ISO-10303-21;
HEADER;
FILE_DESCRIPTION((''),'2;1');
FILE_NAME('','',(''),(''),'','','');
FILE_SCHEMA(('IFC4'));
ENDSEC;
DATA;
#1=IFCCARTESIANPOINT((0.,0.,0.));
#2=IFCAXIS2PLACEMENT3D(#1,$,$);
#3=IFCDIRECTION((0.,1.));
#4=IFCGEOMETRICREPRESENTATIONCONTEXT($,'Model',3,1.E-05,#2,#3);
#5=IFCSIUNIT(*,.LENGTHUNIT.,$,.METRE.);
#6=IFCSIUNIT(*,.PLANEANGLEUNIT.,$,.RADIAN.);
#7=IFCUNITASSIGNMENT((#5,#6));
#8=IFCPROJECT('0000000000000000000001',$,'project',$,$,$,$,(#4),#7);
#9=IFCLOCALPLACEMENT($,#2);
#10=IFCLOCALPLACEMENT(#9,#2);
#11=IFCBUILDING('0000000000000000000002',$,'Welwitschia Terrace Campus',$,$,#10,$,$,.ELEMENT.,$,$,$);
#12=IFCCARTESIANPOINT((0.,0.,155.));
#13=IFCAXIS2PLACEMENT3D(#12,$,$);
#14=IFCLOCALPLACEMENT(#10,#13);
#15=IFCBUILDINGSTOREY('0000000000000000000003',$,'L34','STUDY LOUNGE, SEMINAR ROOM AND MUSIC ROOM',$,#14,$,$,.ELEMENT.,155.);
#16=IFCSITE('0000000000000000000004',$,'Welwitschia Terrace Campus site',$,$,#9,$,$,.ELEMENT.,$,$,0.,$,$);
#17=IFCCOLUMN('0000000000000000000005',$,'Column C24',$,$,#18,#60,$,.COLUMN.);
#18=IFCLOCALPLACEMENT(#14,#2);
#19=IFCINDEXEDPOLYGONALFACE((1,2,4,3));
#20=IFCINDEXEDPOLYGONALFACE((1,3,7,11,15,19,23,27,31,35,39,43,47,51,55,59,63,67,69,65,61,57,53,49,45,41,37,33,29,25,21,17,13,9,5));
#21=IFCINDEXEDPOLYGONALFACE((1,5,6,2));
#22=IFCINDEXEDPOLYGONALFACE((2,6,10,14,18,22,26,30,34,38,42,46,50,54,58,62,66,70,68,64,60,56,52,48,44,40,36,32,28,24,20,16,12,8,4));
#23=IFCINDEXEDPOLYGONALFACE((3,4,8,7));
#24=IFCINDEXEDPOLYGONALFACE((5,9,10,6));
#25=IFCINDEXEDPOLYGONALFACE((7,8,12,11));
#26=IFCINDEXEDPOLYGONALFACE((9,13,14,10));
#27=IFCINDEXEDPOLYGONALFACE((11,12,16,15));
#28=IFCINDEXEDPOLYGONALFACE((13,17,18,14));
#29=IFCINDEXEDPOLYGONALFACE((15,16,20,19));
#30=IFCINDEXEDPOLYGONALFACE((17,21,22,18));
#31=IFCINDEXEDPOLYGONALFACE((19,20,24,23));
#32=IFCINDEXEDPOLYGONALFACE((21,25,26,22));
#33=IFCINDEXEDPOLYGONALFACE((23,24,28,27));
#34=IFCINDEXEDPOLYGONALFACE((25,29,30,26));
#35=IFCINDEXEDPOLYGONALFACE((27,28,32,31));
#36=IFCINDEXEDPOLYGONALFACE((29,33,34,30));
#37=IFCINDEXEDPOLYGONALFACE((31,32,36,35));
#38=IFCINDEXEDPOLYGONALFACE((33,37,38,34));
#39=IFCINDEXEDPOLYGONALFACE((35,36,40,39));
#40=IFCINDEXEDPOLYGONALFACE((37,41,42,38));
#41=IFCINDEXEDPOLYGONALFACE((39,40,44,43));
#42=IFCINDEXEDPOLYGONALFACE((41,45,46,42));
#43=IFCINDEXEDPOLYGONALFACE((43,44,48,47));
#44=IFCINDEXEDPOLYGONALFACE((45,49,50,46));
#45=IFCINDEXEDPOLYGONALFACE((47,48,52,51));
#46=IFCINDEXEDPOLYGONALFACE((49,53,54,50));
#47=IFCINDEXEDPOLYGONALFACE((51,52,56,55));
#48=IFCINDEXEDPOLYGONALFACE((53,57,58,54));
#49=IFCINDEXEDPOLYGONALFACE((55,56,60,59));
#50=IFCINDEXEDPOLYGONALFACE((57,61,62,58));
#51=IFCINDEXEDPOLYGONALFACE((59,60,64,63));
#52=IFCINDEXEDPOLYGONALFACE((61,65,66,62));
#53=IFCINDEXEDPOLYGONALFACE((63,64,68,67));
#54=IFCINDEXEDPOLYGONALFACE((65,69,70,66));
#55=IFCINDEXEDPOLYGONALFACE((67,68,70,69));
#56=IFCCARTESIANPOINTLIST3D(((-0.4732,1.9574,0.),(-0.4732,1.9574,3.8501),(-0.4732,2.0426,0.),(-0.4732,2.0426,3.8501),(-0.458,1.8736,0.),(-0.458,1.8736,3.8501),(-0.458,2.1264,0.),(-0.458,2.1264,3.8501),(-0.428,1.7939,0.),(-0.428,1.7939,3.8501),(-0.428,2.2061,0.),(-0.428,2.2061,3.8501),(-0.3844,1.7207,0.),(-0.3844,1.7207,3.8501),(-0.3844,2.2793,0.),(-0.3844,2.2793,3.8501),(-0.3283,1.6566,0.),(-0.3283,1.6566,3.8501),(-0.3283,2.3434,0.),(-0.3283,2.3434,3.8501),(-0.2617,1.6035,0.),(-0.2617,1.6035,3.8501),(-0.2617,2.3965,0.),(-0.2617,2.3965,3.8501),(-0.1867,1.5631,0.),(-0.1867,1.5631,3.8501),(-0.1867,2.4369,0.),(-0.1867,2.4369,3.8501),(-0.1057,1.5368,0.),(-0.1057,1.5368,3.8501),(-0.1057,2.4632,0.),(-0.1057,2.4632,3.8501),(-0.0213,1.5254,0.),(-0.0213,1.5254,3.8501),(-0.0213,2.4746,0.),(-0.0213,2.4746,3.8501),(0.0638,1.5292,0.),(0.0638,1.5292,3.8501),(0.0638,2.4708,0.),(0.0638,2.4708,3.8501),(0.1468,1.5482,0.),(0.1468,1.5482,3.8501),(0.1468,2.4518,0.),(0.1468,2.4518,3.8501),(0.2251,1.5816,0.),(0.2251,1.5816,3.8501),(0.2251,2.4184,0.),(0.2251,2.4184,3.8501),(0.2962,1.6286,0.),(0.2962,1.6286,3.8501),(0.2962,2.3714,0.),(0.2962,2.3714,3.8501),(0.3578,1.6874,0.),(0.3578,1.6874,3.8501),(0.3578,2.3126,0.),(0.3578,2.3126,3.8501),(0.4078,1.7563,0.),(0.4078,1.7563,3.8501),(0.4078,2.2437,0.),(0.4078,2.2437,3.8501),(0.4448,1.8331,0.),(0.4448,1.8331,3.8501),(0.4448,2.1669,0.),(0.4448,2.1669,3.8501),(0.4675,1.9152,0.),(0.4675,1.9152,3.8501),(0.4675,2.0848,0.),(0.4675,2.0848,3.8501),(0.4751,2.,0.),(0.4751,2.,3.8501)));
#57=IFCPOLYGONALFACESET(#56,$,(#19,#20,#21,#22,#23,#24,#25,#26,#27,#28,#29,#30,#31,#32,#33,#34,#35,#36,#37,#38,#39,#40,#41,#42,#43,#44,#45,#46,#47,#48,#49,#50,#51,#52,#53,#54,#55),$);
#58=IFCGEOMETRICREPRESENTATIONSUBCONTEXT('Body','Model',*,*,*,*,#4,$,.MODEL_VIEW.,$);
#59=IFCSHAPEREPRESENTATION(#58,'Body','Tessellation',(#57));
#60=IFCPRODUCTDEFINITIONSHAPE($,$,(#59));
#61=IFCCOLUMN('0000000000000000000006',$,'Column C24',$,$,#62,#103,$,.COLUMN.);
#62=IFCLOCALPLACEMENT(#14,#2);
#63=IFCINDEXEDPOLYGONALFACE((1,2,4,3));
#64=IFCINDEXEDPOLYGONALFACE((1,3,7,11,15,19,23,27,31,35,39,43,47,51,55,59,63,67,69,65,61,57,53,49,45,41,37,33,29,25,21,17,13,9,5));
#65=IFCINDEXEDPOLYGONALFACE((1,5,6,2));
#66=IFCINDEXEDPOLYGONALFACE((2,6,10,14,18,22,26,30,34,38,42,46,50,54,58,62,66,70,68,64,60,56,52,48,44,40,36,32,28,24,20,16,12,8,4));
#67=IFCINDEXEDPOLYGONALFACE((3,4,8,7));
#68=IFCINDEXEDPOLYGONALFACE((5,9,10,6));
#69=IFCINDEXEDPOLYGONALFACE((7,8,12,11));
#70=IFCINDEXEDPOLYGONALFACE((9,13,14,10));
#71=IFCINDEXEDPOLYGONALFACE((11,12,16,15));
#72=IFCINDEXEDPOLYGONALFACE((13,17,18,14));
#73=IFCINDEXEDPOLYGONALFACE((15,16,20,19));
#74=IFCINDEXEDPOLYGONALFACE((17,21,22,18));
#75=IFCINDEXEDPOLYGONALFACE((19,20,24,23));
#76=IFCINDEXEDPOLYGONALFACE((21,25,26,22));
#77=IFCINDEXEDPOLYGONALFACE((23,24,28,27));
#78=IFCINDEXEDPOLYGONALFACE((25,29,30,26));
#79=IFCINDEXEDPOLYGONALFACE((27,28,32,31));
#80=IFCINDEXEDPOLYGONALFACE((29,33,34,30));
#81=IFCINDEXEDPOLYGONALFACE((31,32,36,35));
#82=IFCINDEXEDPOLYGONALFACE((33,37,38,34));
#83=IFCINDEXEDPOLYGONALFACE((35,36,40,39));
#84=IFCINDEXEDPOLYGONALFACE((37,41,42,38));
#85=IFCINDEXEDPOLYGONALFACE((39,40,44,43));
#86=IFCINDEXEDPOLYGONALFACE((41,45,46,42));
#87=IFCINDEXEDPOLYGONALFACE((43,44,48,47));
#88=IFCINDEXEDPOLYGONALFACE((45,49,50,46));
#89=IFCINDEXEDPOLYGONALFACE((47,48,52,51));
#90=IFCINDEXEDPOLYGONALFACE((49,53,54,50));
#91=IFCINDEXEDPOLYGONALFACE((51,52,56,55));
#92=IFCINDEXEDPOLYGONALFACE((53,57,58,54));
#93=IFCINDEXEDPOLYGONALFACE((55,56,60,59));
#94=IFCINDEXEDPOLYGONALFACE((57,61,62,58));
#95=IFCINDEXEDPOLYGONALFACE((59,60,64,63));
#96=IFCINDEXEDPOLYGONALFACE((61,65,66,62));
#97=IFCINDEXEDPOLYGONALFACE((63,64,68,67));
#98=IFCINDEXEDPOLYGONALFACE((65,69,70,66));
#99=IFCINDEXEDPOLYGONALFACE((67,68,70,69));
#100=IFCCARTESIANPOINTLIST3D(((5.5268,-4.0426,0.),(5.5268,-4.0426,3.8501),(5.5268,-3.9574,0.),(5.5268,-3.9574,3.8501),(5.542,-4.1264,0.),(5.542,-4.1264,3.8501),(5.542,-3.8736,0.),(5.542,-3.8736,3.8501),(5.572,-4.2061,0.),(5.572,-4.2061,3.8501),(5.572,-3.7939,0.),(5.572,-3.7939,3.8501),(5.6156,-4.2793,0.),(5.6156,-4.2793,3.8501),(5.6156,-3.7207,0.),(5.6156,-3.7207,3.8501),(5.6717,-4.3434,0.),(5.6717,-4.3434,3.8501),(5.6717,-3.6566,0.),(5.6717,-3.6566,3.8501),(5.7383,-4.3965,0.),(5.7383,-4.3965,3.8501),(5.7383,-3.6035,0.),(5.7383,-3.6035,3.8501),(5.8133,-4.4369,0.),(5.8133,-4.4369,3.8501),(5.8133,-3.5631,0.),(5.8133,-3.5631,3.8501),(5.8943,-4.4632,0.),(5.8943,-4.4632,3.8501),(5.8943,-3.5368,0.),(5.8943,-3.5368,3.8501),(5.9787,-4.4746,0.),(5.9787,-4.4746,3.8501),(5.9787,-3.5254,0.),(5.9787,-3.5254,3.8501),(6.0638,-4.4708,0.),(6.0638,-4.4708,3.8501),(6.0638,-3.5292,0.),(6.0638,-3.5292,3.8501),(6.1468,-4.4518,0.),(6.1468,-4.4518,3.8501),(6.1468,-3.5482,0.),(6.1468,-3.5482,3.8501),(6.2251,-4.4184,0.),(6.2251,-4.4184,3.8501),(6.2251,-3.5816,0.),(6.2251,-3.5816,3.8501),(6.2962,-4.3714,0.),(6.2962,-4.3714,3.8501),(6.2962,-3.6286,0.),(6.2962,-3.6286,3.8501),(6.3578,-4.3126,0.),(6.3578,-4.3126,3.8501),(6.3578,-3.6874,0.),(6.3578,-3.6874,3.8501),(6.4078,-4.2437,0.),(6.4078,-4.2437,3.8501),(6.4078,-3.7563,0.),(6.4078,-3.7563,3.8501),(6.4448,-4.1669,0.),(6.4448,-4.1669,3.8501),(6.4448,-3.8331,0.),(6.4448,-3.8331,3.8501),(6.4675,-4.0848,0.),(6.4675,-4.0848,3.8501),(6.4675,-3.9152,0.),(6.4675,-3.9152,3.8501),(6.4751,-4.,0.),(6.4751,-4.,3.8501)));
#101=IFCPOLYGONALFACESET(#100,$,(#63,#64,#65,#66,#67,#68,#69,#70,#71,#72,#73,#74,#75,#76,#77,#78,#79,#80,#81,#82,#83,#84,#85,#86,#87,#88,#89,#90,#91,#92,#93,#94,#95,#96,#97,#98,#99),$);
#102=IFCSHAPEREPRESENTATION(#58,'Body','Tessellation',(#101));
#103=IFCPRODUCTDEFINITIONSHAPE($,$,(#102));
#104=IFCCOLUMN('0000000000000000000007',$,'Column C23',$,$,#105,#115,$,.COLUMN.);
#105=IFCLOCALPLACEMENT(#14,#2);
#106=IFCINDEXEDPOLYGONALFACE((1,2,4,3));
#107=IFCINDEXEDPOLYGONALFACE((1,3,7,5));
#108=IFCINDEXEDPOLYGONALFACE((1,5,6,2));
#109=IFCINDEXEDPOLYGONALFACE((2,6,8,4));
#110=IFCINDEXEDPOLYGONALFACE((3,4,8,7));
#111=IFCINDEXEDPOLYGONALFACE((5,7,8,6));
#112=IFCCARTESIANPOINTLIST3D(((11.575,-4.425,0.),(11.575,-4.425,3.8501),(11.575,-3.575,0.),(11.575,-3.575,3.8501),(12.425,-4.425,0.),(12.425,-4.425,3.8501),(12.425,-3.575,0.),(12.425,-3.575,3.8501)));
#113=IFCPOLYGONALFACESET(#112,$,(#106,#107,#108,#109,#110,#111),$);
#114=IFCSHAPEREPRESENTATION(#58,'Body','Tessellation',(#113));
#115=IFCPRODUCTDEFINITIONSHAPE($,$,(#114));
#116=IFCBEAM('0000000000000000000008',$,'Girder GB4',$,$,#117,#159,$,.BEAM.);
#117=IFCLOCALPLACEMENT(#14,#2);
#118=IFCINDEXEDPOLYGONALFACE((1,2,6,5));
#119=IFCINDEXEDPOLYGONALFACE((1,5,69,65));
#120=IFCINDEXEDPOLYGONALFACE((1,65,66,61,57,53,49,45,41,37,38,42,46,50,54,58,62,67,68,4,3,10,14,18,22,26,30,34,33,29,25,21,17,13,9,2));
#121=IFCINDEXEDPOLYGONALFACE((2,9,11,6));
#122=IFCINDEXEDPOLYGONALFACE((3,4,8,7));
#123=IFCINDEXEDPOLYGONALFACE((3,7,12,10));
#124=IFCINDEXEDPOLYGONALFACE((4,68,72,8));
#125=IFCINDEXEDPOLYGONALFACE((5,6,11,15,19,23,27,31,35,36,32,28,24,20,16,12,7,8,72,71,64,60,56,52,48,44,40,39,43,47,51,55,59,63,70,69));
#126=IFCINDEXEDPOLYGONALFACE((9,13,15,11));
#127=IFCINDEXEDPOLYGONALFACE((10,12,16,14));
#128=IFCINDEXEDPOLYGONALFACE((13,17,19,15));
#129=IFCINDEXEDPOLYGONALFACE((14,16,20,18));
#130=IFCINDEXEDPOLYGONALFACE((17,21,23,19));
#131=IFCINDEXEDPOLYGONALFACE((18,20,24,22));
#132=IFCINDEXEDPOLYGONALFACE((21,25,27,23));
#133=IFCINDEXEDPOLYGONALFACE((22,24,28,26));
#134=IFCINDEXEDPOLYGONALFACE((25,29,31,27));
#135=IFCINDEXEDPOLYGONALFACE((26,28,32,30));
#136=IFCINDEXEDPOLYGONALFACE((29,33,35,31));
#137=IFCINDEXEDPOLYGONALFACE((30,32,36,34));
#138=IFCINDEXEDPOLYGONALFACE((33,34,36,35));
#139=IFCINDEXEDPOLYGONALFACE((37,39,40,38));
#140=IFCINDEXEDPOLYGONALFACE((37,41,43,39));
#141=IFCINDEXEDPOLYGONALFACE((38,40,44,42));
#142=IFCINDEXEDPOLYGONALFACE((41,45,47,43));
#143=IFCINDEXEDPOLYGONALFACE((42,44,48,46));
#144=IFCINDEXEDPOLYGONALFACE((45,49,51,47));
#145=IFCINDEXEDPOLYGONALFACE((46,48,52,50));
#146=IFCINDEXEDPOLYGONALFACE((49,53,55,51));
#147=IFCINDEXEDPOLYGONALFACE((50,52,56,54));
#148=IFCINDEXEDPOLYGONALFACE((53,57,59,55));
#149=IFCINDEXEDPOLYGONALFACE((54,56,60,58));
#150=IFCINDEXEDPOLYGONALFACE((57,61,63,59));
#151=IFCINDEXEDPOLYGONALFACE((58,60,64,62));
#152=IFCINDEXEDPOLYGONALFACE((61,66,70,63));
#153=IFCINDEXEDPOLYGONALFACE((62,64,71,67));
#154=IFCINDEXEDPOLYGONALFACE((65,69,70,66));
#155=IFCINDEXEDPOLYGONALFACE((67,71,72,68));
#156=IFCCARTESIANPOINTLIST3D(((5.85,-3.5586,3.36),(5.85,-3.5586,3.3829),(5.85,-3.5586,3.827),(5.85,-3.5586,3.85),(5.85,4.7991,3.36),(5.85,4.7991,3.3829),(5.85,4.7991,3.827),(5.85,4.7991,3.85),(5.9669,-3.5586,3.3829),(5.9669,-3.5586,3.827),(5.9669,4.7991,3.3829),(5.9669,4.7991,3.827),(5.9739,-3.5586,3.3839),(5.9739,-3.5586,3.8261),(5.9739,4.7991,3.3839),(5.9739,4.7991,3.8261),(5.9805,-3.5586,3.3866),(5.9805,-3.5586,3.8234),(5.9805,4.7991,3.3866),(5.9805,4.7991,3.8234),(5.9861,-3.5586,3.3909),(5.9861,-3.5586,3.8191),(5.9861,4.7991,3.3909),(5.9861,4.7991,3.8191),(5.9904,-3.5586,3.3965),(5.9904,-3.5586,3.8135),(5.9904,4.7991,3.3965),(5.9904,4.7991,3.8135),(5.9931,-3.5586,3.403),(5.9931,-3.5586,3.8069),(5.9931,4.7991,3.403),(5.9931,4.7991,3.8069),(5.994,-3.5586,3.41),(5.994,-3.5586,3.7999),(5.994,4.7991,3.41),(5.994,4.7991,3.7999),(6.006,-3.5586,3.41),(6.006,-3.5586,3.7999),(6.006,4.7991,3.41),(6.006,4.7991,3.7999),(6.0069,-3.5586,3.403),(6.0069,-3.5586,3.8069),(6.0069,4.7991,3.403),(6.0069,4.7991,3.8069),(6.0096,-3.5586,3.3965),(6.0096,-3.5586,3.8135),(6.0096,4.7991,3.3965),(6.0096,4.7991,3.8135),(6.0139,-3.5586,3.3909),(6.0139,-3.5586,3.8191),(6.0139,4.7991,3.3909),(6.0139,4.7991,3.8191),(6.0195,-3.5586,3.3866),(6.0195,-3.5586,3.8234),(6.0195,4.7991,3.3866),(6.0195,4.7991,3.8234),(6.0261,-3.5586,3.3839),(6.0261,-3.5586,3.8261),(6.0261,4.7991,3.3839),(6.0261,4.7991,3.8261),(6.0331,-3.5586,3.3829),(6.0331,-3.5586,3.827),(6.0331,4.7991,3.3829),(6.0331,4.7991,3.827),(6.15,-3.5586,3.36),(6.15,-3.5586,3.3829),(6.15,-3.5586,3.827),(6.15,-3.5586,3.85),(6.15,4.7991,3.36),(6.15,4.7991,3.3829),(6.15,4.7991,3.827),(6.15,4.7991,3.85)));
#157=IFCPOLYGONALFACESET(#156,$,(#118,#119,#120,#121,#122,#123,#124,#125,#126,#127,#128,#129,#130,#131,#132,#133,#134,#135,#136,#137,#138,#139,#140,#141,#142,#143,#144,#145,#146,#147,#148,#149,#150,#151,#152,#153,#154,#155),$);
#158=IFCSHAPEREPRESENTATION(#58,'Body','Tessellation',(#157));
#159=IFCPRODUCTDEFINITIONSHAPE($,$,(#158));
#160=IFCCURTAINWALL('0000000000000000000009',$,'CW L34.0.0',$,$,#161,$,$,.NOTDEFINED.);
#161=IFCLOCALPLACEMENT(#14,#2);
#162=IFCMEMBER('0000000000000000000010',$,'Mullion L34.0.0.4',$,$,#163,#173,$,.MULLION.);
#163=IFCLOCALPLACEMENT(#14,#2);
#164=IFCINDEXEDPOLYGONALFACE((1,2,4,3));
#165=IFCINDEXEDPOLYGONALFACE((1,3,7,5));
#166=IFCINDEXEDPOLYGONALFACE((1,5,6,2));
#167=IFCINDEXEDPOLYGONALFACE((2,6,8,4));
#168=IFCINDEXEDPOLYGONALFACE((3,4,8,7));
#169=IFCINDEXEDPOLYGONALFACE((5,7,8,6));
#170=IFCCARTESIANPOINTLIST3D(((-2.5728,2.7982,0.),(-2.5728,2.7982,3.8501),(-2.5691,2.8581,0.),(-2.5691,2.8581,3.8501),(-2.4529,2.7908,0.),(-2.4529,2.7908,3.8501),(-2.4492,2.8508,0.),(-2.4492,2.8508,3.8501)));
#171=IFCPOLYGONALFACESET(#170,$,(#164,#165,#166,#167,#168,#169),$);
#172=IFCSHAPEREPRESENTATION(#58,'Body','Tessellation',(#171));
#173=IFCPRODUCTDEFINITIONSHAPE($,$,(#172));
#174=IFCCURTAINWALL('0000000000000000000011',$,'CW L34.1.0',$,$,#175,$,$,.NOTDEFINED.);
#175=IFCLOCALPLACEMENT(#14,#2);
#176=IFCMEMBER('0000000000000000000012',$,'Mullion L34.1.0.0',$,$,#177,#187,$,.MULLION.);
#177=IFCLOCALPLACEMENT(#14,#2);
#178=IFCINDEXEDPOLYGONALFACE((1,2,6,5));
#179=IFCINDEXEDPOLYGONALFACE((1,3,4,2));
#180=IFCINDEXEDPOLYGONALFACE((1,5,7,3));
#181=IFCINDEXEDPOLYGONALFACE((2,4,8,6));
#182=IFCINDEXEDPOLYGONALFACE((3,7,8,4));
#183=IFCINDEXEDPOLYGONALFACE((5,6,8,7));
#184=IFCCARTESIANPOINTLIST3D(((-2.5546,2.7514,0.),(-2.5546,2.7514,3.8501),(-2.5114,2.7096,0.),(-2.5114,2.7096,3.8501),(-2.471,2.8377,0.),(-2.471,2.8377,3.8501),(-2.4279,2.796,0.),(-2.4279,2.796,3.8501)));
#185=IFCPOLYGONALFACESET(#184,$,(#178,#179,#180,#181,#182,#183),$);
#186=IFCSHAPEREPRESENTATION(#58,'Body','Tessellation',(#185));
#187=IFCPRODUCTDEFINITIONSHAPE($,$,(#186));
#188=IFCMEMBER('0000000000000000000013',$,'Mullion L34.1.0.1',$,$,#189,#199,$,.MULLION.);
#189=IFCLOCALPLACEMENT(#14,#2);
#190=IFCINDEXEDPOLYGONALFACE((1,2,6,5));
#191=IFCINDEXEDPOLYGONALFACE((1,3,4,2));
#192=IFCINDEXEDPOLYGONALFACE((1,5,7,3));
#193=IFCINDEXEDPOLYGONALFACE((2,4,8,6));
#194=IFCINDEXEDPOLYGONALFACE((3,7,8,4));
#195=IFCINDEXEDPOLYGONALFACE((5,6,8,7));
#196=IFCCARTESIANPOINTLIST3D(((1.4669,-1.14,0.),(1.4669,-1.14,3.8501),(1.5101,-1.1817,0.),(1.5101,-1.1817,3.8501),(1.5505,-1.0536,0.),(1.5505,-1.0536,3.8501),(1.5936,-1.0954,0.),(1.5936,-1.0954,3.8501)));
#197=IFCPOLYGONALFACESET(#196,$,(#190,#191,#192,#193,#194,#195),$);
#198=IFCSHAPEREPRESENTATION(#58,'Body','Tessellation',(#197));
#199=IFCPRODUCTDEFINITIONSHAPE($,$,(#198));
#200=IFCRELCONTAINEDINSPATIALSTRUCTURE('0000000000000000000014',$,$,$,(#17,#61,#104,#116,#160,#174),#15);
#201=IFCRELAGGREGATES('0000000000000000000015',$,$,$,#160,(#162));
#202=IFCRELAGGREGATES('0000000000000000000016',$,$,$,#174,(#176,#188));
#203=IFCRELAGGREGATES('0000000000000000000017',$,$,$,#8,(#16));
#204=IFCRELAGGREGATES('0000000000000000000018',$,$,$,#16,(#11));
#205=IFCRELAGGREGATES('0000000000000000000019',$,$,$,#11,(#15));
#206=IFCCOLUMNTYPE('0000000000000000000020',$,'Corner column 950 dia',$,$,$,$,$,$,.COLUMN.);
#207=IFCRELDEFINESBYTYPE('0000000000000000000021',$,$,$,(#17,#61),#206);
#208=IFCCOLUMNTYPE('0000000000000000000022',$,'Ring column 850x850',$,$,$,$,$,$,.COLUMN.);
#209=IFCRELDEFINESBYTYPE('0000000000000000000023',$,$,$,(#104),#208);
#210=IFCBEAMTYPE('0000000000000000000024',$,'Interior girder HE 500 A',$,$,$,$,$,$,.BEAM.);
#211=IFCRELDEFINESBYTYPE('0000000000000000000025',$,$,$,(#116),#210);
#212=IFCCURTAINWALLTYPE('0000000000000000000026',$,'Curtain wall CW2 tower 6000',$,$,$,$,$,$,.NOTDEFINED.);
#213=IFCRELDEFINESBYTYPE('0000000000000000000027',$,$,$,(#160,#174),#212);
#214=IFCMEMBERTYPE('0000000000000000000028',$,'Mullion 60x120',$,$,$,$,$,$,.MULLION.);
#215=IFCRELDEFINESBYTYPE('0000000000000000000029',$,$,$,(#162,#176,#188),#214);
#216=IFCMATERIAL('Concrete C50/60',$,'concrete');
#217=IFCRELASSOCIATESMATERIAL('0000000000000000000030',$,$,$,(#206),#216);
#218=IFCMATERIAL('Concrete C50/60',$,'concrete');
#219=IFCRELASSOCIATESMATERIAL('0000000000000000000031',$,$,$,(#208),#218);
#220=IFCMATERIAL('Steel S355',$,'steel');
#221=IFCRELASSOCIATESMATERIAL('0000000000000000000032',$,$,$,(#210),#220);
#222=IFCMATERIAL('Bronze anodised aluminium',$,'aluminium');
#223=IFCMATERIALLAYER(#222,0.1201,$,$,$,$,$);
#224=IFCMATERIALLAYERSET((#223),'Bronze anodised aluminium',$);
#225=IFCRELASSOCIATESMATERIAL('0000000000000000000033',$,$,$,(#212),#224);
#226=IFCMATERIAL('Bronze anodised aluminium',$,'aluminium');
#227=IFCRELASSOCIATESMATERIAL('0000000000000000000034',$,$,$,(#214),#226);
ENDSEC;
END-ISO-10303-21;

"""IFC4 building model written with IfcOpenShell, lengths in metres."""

from ifc_helpers import new_model, si_unit, direction, frame, origin, origin_2d, place, context, subcontext, project, spatial, rectangle, circle, i_section, extrude, material, layer, layer_set, material_profile, profile_set, type_object, element, aggregate, save


model = new_model("IFC4")

# Units and contexts
model_context = context("Model", 3, precision=1e-05, world=origin(), true_north=direction((0.0, 1.0)))
body_context = subcontext(model_context, "Body", "Model", "MODEL_VIEW")
ifc_project = project(units=[si_unit("LENGTHUNIT", "METRE"), si_unit("PLANEANGLEUNIT", "RADIAN")], contexts=[model_context])

# Site, building, storey
site_placement = place(None, origin())
site = spatial("IfcSite", under=ifc_project, at=site_placement, Name="Welwitschia Terrace Campus site", CompositionType="ELEMENT", RefElevation=0.0)
building_placement = place(site_placement, origin())
building = spatial("IfcBuilding", under=site, at=building_placement, Name="Welwitschia Terrace Campus", CompositionType="ELEMENT")
storey_placement = place(building_placement, frame((0.0, 0.0, 155.0)))
storey = spatial("IfcBuildingStorey", under=building, at=storey_placement, Name="L34", Description="STUDY LOUNGE, SEMINAR ROOM AND MUSIC ROOM", CompositionType="ELEMENT", Elevation=155.0)

# Columns
ifc_material_1 = material(Name="Concrete C50/60", Category="concrete")
ifc_material_profile_1 = material_profile(ifc_material_1, circle(Radius=0.4751, at=origin_2d()))
ifc_profile_set_1 = profile_set([ifc_material_profile_1], Name="Concrete C50/60")
column_type_1 = type_object("IfcColumnType", Name="Corner column 950 dia", PredefinedType="COLUMN", material=ifc_profile_set_1)
for number, where, z_axis, x_axis, name in (
    (1, (0.0, 2.0, 0.0), (0.0, 0.0, 1.0), (1.0, 0.0, 0.0), "Column C24"),
    (2, (6.0, -4.0, 0.0), (0.0, 0.0, 1.0), (1.0, 0.0, 0.0), "Column C24"),
):
    element("IfcColumn", number, at=place(storey_placement, frame(where, z_axis=z_axis, x_axis=x_axis)), inside=storey, type_object=column_type_1, Name=name, PredefinedType="COLUMN", context=body_context, shape_type="SweptSolid", body=[
        extrude(circle(Radius=0.4751, at=origin_2d()), origin(), (0.0, 0.0, 1.0), 3.8501),
    ])
ifc_material_2 = material(Name="Concrete C50/60", Category="concrete")
ifc_material_profile_2 = material_profile(ifc_material_2, rectangle(XDim=0.8501, YDim=0.8501, at=origin_2d()))
ifc_profile_set_2 = profile_set([ifc_material_profile_2], Name="Concrete C50/60")
column_type_2 = type_object("IfcColumnType", Name="Ring column 850x850", PredefinedType="COLUMN", material=ifc_profile_set_2)
column_placement = place(storey_placement, frame((12.0, -4.0, 0.0), z_axis=(0.0, 0.0, 1.0), x_axis=(1.0, 0.0, 0.0)))
element("IfcColumn", 3, at=column_placement, inside=storey, type_object=column_type_2, Name="Column C23", PredefinedType="COLUMN", context=body_context, shape_type="SweptSolid", body=[
    extrude(rectangle(XDim=0.8501, YDim=0.8501, at=origin_2d()), origin(), (0.0, 0.0, 1.0), 3.8501),
])

# Beam
ifc_material_3 = material(Name="Steel S355", Category="steel")
ifc_material_profile_3 = material_profile(ifc_material_3, i_section(OverallWidth=0.3, OverallDepth=0.49, WebThickness=0.012, FlangeThickness=0.0229, FilletRadius=0.0271, at=origin_2d()))
ifc_profile_set_3 = profile_set([ifc_material_profile_3], Name="Steel S355")
beam_type_1 = type_object("IfcBeamType", Name="Interior girder HE 500 A", PredefinedType="BEAM", material=ifc_profile_set_3)
beam_1_placement = place(storey_placement, frame((6.0, -3.5586, 3.605), z_axis=(0.0, 1.0, 0.0), x_axis=(-1.0, 0.0, 0.0)))
element("IfcBeam", 4, at=beam_1_placement, inside=storey, type_object=beam_type_1, Name="Girder GB4", PredefinedType="BEAM", context=body_context, shape_type="SweptSolid", body=[
    extrude(i_section(OverallWidth=0.3, OverallDepth=0.49, WebThickness=0.012, FlangeThickness=0.0229, FilletRadius=0.0271, at=origin_2d()), origin(), (0.0, 0.0, 1.0), 8.3577),
])

# Curtain wall, member
ifc_material_4 = material(Name="Bronze anodised aluminium", Category="aluminium")
ifc_layer_1 = layer(ifc_material_4, 0.1201)
ifc_layer_set_1 = layer_set([ifc_layer_1], Name="Bronze anodised aluminium")
curtain_wall_type = type_object("IfcCurtainWallType", Name="Curtain wall CW2 tower 6000", PredefinedType="NOTDEFINED", material=ifc_layer_set_1)
curtain_wall_1_placement = place(storey_placement, origin())
curtain_wall_1 = element("IfcCurtainWall", 5, at=curtain_wall_1_placement, inside=storey, type_object=curtain_wall_type, Name="CW L34.0.0", PredefinedType="NOTDEFINED")
ifc_material_5 = material(Name="Bronze anodised aluminium", Category="aluminium")
ifc_material_profile_4 = material_profile(ifc_material_5, rectangle(XDim=0.1201, YDim=0.0601, at=origin_2d()))
ifc_profile_set_4 = profile_set([ifc_material_profile_4], Name="Bronze anodised aluminium")
member_type_1 = type_object("IfcMemberType", Name="Mullion 60x120", PredefinedType="MULLION", material=ifc_profile_set_4)
member_1_placement = place(storey_placement, frame((-2.511, 2.8245, 0.0), z_axis=(0.0, 0.0, 1.0), x_axis=(0.998135, -0.061049, 0.0)))
member_1 = element("IfcMember", 6, at=member_1_placement, type_object=member_type_1, Name="Mullion L34.0.0.4", PredefinedType="MULLION", context=body_context, shape_type="SweptSolid", body=[
    extrude(rectangle(XDim=0.1201, YDim=0.0601, at=origin_2d()), origin(), (0.0, 0.0, 1.0), 3.8501),
])
aggregate(curtain_wall_1, [member_1])

# Curtain wall, members
curtain_wall_2_placement = place(storey_placement, origin())
curtain_wall_2 = element("IfcCurtainWall", 7, at=curtain_wall_2_placement, inside=storey, type_object=curtain_wall_type, Name="CW L34.1.0", PredefinedType="NOTDEFINED")
member_2_placement = place(storey_placement, frame((-2.4912, 2.7737, 0.0), z_axis=(0.0, 0.0, 1.0), x_axis=(0.69539, 0.718632, 0.0)))
member_2 = element("IfcMember", 8, at=member_2_placement, type_object=member_type_1, Name="Mullion L34.1.0.0", PredefinedType="MULLION", context=body_context, shape_type="SweptSolid", body=[
    extrude(rectangle(XDim=0.1201, YDim=0.0601, at=origin_2d()), origin(), (0.0, 0.0, 1.0), 3.8501),
])
member_3_placement = place(storey_placement, frame((1.5303, -1.1177, 0.0), z_axis=(0.0, 0.0, 1.0), x_axis=(0.69539, 0.718632, 0.0)))
member_3 = element("IfcMember", 9, at=member_3_placement, type_object=member_type_1, Name="Mullion L34.1.0.1", PredefinedType="MULLION", context=body_context, shape_type="SweptSolid", body=[
    extrude(rectangle(XDim=0.1201, YDim=0.0601, at=origin_2d()), origin(), (0.0, 0.0, 1.0), 3.8501),
])

aggregate(curtain_wall_2, [member_2, member_3])

save(model, "model.ifc")
